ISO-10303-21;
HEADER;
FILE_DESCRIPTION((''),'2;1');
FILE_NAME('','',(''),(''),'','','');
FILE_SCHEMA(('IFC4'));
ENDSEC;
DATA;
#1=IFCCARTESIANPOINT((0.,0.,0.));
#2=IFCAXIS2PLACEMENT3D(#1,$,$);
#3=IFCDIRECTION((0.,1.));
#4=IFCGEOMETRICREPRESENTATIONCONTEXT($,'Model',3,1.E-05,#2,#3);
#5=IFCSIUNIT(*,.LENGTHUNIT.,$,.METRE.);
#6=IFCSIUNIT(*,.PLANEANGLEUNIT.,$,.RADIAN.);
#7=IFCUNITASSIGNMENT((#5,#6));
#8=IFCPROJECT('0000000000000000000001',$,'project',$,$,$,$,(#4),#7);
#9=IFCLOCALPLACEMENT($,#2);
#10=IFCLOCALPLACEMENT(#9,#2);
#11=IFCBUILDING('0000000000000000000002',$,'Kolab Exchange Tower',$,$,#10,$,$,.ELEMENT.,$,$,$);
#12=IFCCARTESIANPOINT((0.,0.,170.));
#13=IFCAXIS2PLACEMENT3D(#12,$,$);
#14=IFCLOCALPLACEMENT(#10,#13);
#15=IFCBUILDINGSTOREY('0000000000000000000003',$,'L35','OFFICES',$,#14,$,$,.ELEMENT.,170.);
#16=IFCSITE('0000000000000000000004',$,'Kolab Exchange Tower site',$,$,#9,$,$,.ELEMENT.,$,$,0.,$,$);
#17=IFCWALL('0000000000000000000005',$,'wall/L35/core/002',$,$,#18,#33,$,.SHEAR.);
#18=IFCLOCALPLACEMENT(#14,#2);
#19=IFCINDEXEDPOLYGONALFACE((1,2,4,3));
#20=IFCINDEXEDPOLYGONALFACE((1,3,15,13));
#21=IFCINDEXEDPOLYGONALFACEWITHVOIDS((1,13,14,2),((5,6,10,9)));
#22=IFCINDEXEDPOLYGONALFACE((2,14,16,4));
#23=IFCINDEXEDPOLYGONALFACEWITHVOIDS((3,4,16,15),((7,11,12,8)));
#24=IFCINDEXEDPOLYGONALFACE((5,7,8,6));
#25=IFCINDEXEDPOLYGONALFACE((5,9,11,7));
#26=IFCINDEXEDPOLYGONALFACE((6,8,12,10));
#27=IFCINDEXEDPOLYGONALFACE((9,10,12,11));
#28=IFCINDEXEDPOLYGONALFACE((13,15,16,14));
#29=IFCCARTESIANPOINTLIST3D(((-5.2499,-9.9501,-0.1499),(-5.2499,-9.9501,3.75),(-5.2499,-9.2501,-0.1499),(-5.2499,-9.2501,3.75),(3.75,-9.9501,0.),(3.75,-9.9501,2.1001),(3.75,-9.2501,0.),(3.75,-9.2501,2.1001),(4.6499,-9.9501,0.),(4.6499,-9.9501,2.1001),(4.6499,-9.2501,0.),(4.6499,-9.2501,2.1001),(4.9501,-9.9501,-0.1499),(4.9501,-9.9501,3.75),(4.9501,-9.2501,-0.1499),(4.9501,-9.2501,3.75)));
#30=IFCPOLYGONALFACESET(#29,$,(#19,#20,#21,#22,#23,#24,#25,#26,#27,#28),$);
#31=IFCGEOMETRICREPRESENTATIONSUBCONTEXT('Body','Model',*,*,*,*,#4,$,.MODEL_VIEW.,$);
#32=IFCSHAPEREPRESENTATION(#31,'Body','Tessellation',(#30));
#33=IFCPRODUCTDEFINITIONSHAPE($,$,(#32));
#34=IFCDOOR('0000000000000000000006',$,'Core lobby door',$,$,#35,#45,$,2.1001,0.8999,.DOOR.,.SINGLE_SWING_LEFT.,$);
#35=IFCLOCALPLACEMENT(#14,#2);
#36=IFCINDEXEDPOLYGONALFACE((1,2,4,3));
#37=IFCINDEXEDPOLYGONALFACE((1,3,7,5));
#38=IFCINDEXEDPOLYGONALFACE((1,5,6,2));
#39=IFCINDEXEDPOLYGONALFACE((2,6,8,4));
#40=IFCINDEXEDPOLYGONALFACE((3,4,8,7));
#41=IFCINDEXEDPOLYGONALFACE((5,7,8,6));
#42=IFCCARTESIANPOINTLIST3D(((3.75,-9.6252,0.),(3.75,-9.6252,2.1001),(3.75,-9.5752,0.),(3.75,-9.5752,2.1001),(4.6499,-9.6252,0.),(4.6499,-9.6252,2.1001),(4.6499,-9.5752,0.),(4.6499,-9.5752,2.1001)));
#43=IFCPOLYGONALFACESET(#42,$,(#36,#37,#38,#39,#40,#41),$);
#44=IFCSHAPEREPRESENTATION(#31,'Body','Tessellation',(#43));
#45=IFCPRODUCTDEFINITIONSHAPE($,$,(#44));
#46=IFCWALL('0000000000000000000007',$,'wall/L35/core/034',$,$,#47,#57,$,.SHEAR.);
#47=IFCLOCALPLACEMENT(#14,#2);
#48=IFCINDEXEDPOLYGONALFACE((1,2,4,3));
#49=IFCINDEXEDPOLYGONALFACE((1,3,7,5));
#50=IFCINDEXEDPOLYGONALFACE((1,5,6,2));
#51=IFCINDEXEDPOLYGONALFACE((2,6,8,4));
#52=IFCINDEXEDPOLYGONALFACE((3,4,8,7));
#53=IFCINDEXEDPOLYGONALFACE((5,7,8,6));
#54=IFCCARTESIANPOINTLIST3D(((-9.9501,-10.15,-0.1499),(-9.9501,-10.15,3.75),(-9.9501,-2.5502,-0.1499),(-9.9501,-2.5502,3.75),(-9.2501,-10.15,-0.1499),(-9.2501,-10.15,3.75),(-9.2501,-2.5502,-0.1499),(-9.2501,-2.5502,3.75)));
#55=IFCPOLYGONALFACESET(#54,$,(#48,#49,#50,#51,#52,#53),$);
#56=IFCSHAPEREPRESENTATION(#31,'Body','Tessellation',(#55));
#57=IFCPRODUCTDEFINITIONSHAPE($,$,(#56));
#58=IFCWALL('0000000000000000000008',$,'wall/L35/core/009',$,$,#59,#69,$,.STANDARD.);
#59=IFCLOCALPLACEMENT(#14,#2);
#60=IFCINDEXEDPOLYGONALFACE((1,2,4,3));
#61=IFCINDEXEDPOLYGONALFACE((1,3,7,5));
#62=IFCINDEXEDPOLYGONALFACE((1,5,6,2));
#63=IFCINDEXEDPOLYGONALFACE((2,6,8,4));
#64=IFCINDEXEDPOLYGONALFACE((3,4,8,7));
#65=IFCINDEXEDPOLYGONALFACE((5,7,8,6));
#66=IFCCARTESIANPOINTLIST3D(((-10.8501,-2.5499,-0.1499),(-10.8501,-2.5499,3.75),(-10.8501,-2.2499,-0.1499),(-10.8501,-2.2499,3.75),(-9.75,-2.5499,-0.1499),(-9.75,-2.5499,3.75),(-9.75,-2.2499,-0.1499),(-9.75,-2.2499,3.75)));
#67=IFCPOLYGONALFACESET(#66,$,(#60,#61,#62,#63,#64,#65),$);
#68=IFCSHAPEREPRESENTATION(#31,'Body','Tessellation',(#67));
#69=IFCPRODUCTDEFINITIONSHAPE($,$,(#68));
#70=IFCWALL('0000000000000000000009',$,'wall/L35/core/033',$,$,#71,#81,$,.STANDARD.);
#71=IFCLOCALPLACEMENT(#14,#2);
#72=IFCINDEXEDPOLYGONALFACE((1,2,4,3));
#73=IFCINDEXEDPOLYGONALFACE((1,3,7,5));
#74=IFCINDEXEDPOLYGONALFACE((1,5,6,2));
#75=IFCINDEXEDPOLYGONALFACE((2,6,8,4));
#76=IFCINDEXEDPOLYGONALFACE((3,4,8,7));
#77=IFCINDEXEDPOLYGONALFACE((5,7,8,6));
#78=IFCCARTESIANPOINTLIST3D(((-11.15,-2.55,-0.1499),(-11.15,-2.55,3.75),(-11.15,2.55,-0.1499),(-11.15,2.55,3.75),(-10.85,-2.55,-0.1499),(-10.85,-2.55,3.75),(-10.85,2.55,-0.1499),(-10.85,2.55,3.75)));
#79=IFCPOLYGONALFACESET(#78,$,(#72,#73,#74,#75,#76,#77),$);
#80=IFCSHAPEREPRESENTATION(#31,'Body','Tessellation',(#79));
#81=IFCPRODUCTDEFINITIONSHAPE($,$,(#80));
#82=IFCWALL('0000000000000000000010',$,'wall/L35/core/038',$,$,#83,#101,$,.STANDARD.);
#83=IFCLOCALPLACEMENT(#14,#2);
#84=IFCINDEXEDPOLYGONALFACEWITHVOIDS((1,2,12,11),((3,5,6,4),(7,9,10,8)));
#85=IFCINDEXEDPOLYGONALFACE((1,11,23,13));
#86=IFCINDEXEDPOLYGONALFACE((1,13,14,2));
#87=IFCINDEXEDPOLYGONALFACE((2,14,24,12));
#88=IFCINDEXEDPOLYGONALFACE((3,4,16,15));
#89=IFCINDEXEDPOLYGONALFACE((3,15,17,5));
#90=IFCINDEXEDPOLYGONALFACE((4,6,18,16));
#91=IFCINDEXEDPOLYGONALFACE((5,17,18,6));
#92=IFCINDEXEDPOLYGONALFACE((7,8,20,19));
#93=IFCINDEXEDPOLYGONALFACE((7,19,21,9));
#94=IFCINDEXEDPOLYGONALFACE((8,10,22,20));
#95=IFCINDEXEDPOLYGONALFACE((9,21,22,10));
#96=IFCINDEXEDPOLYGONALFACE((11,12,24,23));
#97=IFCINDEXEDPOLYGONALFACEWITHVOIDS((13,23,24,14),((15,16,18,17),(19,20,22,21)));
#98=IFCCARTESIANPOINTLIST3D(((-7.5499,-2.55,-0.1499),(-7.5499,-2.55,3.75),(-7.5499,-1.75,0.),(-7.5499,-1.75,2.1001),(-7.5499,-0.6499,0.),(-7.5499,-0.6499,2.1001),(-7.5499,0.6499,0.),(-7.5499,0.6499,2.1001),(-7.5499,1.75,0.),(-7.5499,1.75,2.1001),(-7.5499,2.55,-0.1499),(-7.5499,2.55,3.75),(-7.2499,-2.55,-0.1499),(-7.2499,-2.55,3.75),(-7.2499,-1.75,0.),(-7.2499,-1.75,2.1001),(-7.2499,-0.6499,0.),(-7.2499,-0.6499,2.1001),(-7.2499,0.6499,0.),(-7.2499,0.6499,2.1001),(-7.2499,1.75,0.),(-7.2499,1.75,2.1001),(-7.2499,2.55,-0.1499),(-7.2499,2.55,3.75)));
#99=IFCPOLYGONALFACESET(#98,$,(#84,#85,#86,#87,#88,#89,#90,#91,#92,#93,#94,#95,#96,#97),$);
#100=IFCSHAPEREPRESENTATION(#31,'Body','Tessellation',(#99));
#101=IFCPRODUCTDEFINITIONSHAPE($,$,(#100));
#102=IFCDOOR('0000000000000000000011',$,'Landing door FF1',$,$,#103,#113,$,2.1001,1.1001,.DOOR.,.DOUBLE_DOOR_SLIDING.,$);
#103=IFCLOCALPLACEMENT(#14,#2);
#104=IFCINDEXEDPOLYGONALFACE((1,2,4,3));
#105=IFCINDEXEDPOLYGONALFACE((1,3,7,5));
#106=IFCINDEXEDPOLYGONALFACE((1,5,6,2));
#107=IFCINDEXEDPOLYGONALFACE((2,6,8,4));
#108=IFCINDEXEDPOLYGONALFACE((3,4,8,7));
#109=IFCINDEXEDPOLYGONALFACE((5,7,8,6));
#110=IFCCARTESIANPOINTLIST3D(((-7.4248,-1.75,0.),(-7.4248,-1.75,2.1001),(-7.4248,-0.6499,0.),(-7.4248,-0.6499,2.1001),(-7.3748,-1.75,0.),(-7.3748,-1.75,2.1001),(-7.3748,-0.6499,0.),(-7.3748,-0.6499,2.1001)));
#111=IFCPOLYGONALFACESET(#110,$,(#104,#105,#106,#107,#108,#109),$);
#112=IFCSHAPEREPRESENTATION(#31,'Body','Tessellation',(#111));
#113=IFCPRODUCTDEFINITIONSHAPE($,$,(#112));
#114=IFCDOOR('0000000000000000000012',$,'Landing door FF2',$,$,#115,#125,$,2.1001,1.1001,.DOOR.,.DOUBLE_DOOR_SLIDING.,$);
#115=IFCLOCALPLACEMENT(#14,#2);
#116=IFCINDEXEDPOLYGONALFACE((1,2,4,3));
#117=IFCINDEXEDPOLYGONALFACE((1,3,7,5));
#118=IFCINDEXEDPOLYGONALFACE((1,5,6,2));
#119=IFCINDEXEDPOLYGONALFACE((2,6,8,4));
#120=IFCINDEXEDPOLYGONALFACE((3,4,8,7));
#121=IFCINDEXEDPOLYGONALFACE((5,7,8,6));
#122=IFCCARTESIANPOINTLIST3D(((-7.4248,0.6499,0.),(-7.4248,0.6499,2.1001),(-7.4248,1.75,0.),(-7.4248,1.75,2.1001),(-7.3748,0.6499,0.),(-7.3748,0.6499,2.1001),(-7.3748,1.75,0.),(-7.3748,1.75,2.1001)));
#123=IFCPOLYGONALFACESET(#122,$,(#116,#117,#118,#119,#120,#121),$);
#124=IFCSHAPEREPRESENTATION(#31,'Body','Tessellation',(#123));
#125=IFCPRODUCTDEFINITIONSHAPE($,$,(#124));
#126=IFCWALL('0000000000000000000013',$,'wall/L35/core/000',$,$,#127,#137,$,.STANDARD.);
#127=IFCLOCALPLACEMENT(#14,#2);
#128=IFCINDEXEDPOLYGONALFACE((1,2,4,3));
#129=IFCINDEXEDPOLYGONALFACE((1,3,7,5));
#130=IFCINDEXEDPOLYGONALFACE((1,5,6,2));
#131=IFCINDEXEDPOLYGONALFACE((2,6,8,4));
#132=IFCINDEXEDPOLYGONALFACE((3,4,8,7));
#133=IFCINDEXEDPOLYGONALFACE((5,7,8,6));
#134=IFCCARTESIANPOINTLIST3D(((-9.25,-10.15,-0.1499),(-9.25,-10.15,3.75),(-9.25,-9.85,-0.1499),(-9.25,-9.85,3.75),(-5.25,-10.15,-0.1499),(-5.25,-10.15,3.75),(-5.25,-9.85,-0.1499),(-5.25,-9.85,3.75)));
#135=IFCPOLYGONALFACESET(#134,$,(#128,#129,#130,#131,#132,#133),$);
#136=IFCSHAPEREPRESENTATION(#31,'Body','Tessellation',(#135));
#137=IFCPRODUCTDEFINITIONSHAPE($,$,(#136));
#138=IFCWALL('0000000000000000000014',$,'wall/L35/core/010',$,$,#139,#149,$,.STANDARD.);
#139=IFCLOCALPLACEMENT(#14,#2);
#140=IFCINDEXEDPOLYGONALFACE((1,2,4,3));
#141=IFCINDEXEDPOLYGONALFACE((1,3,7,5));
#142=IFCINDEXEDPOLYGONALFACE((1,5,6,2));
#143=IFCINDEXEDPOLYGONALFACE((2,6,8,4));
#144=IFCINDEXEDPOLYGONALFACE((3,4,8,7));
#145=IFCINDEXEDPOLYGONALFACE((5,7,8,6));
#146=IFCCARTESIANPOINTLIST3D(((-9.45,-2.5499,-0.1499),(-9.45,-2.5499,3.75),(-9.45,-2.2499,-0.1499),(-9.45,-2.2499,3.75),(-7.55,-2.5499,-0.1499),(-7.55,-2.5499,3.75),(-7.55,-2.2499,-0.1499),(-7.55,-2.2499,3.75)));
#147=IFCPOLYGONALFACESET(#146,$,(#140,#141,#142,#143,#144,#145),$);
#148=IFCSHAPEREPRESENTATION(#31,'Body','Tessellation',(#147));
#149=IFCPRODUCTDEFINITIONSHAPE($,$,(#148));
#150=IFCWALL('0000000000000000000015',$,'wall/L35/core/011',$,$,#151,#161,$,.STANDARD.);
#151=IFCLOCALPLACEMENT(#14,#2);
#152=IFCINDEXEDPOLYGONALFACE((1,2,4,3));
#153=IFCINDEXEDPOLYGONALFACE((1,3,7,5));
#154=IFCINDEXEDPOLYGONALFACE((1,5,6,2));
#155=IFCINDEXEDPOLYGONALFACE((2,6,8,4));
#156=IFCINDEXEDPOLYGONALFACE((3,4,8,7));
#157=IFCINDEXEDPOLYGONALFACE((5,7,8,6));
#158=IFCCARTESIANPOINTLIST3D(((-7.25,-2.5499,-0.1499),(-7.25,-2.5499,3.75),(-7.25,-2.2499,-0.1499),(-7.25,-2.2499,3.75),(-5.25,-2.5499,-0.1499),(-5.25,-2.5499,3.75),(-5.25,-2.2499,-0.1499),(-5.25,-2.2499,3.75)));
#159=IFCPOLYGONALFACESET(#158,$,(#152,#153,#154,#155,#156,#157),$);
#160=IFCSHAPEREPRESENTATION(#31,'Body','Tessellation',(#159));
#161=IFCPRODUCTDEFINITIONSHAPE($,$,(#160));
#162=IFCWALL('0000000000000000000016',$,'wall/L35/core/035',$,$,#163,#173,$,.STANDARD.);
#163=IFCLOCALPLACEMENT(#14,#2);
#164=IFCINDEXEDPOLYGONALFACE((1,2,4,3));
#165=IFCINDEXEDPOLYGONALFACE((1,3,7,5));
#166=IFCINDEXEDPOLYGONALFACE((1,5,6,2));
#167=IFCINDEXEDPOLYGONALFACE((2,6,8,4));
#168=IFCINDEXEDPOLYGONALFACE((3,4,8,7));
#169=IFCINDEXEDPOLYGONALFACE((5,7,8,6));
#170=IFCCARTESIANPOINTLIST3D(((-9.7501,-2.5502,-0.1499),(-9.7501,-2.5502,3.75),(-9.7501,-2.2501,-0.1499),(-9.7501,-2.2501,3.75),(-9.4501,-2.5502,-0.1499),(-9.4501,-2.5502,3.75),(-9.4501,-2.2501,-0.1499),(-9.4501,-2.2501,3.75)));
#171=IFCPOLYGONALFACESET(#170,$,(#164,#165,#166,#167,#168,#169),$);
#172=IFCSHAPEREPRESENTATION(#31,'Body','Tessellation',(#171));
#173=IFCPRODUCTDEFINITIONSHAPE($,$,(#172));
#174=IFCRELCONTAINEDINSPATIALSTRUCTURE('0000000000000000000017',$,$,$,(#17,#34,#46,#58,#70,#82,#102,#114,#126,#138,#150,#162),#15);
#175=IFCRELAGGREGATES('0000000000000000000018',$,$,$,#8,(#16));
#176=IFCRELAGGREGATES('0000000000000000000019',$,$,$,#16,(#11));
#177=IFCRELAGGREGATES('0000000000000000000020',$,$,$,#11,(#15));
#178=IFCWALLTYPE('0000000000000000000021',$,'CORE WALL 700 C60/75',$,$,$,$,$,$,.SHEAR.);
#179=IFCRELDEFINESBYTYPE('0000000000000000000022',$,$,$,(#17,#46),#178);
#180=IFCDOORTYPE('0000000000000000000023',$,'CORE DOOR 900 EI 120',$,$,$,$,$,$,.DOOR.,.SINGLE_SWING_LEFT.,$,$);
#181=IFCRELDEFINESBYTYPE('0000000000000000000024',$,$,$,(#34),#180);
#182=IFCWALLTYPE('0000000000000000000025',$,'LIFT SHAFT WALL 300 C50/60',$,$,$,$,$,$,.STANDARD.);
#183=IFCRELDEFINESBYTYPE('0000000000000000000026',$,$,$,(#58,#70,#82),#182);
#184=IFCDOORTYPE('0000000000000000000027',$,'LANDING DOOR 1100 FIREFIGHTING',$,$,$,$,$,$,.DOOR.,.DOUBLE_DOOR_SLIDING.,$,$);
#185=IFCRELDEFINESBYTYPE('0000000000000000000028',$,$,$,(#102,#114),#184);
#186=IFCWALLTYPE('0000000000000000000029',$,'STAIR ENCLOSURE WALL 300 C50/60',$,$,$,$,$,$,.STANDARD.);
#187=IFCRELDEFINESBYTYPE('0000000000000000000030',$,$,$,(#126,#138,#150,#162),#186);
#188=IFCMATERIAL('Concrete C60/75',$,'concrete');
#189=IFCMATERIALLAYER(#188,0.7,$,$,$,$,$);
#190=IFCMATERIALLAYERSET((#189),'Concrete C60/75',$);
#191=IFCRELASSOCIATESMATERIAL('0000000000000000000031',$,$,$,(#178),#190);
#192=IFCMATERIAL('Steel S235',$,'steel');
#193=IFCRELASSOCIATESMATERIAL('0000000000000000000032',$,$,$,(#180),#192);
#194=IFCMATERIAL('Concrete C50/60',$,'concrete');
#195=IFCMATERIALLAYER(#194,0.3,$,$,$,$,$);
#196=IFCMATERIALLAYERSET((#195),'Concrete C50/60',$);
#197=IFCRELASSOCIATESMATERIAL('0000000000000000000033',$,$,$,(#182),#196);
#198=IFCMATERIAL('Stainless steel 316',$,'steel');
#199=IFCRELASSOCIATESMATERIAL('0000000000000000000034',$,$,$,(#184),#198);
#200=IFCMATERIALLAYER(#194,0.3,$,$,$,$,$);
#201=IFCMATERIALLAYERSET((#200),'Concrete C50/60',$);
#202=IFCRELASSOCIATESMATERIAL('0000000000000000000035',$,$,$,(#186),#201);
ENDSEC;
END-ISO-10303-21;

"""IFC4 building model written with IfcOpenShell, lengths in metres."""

from ifc_helpers import new_model, si_unit, direction, frame, frame_2d, origin, place, context, subcontext, project, spatial, rectangle, extrude, material, layer, layer_set, type_object, element, fill, save


model = new_model("IFC4")

# Units and contexts
model_context = context("Model", 3, precision=1e-05, world=origin(), true_north=direction((0.0, 1.0)))
body_context = subcontext(model_context, "Body", "Model", "MODEL_VIEW")
ifc_project = project(units=[si_unit("LENGTHUNIT", "METRE"), si_unit("PLANEANGLEUNIT", "RADIAN")], contexts=[model_context])

# Site, building, storey
site_placement = place(None, origin())
site = spatial("IfcSite", under=ifc_project, at=site_placement, Name="Kolab Exchange Tower site", CompositionType="ELEMENT", RefElevation=0.0)
building_placement = place(site_placement, origin())
building = spatial("IfcBuilding", under=site, at=building_placement, Name="Kolab Exchange Tower", CompositionType="ELEMENT")
storey_placement = place(building_placement, frame((0.0, 0.0, 170.0)))
storey = spatial("IfcBuildingStorey", under=building, at=storey_placement, Name="L35", Description="OFFICES", CompositionType="ELEMENT", Elevation=170.0)

# Wall, opening, door
ifc_material_1 = material(Name="Concrete C60/75", Category="concrete")
ifc_layer_1 = layer(ifc_material_1, 0.7)
ifc_layer_set_1 = layer_set([ifc_layer_1], Name="Concrete C60/75")
wall_type_1 = type_object("IfcWallType", Name="CORE WALL 700 C60/75", PredefinedType="SHEAR", material=ifc_layer_set_1)
wall_1_placement = place(storey_placement, frame((-5.25, -9.6001, -0.1499), z_axis=(0.0, 0.0, 1.0), x_axis=(1.0, 0.0, 0.0)))
wall_1 = element("IfcWall", 1, at=wall_1_placement, inside=storey, type_object=wall_type_1, Name="wall/L35/core/002", PredefinedType="SHEAR", context=body_context, shape_type="SweptSolid", body=[
    extrude(rectangle(XDim=10.2, YDim=0.7, at=frame_2d((5.1001, 0.0))), origin(), (0.0, 0.0, 1.0), 3.8999),
])
opening_1_placement = place(wall_1_placement, frame((9.0, 0.0, 0.1499)))
opening_1 = element("IfcOpeningElement", 2, at=opening_1_placement, cuts=wall_1, PredefinedType="OPENING", context=body_context, shape_type="SweptSolid", body=[
    extrude(rectangle(XDim=0.8999, YDim=2.1001, at=frame_2d((0.45, 1.05))), frame((0.0, 0.3599, 0.0), z_axis=(0.0, -1.0, 0.0), x_axis=(1.0, 0.0, 0.0)), (0.0, 0.0, 1.0), 0.72),
])
ifc_material_2 = material(Name="Steel S235", Category="steel")
door_type_1 = type_object("IfcDoorType", Name="CORE DOOR 900 EI 120", OperationType="SINGLE_SWING_LEFT", PredefinedType="DOOR", material=ifc_material_2)
door_1_placement = place(opening_1_placement, origin())
door_1 = element("IfcDoor", 3, at=door_1_placement, inside=storey, type_object=door_type_1, Name="Core lobby door", OperationType="SINGLE_SWING_LEFT", OverallHeight=2.1001, OverallWidth=0.8999, PredefinedType="DOOR", context=body_context, shape_type="SweptSolid", body=[
    extrude(rectangle(XDim=0.8999, YDim=2.1001, at=frame_2d((0.45, 1.05))), frame((0.0, 0.0249, 0.0), z_axis=(0.0, -1.0, 0.0), x_axis=(1.0, 0.0, 0.0)), (0.0, 0.0, 1.0), 0.05),
])
fill(opening_1, door_1)

# Walls
wall_2_placement = place(storey_placement, frame((-9.6001, -10.1499, -0.1499), z_axis=(0.0, 0.0, 1.0), x_axis=(0.0, 1.0, 0.0)))
element("IfcWall", 4, at=wall_2_placement, inside=storey, type_object=wall_type_1, Name="wall/L35/core/034", PredefinedType="SHEAR", context=body_context, shape_type="SweptSolid", body=[
    extrude(rectangle(XDim=7.5999, YDim=0.7, at=frame_2d((3.7998, 0.0))), origin(), (0.0, 0.0, 1.0), 3.8999),
])
ifc_material_3 = material(Name="Concrete C50/60", Category="concrete")
ifc_layer_2 = layer(ifc_material_3, 0.3)
ifc_layer_set_2 = layer_set([ifc_layer_2], Name="Concrete C50/60")
wall_type_2 = type_object("IfcWallType", Name="LIFT SHAFT WALL 300 C50/60", PredefinedType="STANDARD", material=ifc_layer_set_2)
wall_3_placement = place(storey_placement, frame((-10.8501, -2.3999, -0.1499), z_axis=(0.0, 0.0, 1.0), x_axis=(1.0, 0.0, 0.0)))
element("IfcWall", 5, at=wall_3_placement, inside=storey, type_object=wall_type_2, Name="wall/L35/core/009", PredefinedType="STANDARD", context=body_context, shape_type="SweptSolid", body=[
    extrude(rectangle(XDim=1.1001, YDim=0.3, at=frame_2d((0.55, 0.0))), origin(), (0.0, 0.0, 1.0), 3.8999),
])
wall_4_placement = place(storey_placement, frame((-11.0, -2.55, -0.1499), z_axis=(0.0, 0.0, 1.0), x_axis=(0.0, 1.0, 0.0)))
element("IfcWall", 6, at=wall_4_placement, inside=storey, type_object=wall_type_2, Name="wall/L35/core/033", PredefinedType="STANDARD", context=body_context, shape_type="SweptSolid", body=[
    extrude(rectangle(XDim=5.1001, YDim=0.3, at=frame_2d((2.55, 0.0))), origin(), (0.0, 0.0, 1.0), 3.8999),
])

# Wall, openings, doors
wall_5_placement = place(storey_placement, frame((-7.3999, -2.55, -0.1499), z_axis=(0.0, 0.0, 1.0), x_axis=(0.0, 1.0, 0.0)))
wall_5 = element("IfcWall", 7, at=wall_5_placement, inside=storey, type_object=wall_type_2, Name="wall/L35/core/038", PredefinedType="STANDARD", context=body_context, shape_type="SweptSolid", body=[
    extrude(rectangle(XDim=5.1001, YDim=0.3, at=frame_2d((2.55, 0.0))), origin(), (0.0, 0.0, 1.0), 3.8999),
])
opening_2_placement = place(wall_5_placement, frame((0.8, 0.0, 0.1499)))
opening_2 = element("IfcOpeningElement", 8, at=opening_2_placement, cuts=wall_5, PredefinedType="OPENING", context=body_context, shape_type="SweptSolid", body=[
    extrude(rectangle(XDim=1.1001, YDim=2.1001, at=frame_2d((0.55, 1.05))), frame((0.0, 0.1602, 0.0), z_axis=(0.0, -1.0, 0.0), x_axis=(1.0, 0.0, 0.0)), (0.0, 0.0, 1.0), 0.3201),
])
opening_3_placement = place(wall_5_placement, frame((3.2, 0.0, 0.1499)))
opening_3 = element("IfcOpeningElement", 9, at=opening_3_placement, cuts=wall_5, PredefinedType="OPENING", context=body_context, shape_type="SweptSolid", body=[
    extrude(rectangle(XDim=1.1001, YDim=2.1001, at=frame_2d((0.55, 1.05))), frame((0.0, 0.1602, 0.0), z_axis=(0.0, -1.0, 0.0), x_axis=(1.0, 0.0, 0.0)), (0.0, 0.0, 1.0), 0.3201),
])
ifc_material_4 = material(Name="Stainless steel 316", Category="steel")
door_type_2 = type_object("IfcDoorType", Name="LANDING DOOR 1100 FIREFIGHTING", OperationType="DOUBLE_DOOR_SLIDING", PredefinedType="DOOR", material=ifc_material_4)
door_2_placement = place(opening_2_placement, origin())
door_2 = element("IfcDoor", 10, at=door_2_placement, inside=storey, type_object=door_type_2, Name="Landing door FF1", OperationType="DOUBLE_DOOR_SLIDING", OverallHeight=2.1001, OverallWidth=1.1001, PredefinedType="DOOR", context=body_context, shape_type="SweptSolid", body=[
    extrude(rectangle(XDim=1.1001, YDim=2.1001, at=frame_2d((0.55, 1.05))), frame((0.0, 0.0249, 0.0), z_axis=(0.0, -1.0, 0.0), x_axis=(1.0, 0.0, 0.0)), (0.0, 0.0, 1.0), 0.05),
])
fill(opening_2, door_2)
door_3_placement = place(opening_3_placement, origin())
door_3 = element("IfcDoor", 11, at=door_3_placement, inside=storey, type_object=door_type_2, Name="Landing door FF2", OperationType="DOUBLE_DOOR_SLIDING", OverallHeight=2.1001, OverallWidth=1.1001, PredefinedType="DOOR", context=body_context, shape_type="SweptSolid", body=[
    extrude(rectangle(XDim=1.1001, YDim=2.1001, at=frame_2d((0.55, 1.05))), frame((0.0, 0.0249, 0.0), z_axis=(0.0, -1.0, 0.0), x_axis=(1.0, 0.0, 0.0)), (0.0, 0.0, 1.0), 0.05),
])
fill(opening_3, door_3)

# Walls
ifc_layer_3 = layer(ifc_material_3, 0.3)
ifc_layer_set_3 = layer_set([ifc_layer_3], Name="Concrete C50/60")
wall_type_3 = type_object("IfcWallType", Name="STAIR ENCLOSURE WALL 300 C50/60", PredefinedType="STANDARD", material=ifc_layer_set_3)
wall_6_placement = place(storey_placement, frame((-9.25, -10.0, -0.1499), z_axis=(0.0, 0.0, 1.0), x_axis=(1.0, 0.0, 0.0)))
element("IfcWall", 12, at=wall_6_placement, inside=storey, type_object=wall_type_3, Name="wall/L35/core/000", PredefinedType="STANDARD", context=body_context, shape_type="SweptSolid", body=[
    extrude(rectangle(XDim=4.0, YDim=0.3, at=frame_2d((2.0, 0.0))), origin(), (0.0, 0.0, 1.0), 3.8999),
])
wall_7_placement = place(storey_placement, frame((-9.45, -2.3999, -0.1499), z_axis=(0.0, 0.0, 1.0), x_axis=(1.0, 0.0, 0.0)))
element("IfcWall", 13, at=wall_7_placement, inside=storey, type_object=wall_type_3, Name="wall/L35/core/010", PredefinedType="STANDARD", context=body_context, shape_type="SweptSolid", body=[
    extrude(rectangle(XDim=1.8999, YDim=0.3, at=frame_2d((0.95, 0.0))), origin(), (0.0, 0.0, 1.0), 3.8999),
])
wall_8_placement = place(storey_placement, frame((-7.25, -2.3999, -0.1499), z_axis=(0.0, 0.0, 1.0), x_axis=(1.0, 0.0, 0.0)))
element("IfcWall", 14, at=wall_8_placement, inside=storey, type_object=wall_type_3, Name="wall/L35/core/011", PredefinedType="STANDARD", context=body_context, shape_type="SweptSolid", body=[
    extrude(rectangle(XDim=2.0, YDim=0.3, at=frame_2d((1.0, 0.0))), origin(), (0.0, 0.0, 1.0), 3.8999),
])
wall_9_placement = place(storey_placement, frame((-9.6001, -2.55, -0.1499), z_axis=(0.0, 0.0, 1.0), x_axis=(0.0, 1.0, 0.0)))
element("IfcWall", 15, at=wall_9_placement, inside=storey, type_object=wall_type_3, Name="wall/L35/core/035", PredefinedType="STANDARD", context=body_context, shape_type="SweptSolid", body=[
    extrude(rectangle(XDim=0.3, YDim=0.3, at=frame_2d((0.1499, 0.0))), origin(), (0.0, 0.0, 1.0), 3.8999),
])

save(model, "model.ifc")
